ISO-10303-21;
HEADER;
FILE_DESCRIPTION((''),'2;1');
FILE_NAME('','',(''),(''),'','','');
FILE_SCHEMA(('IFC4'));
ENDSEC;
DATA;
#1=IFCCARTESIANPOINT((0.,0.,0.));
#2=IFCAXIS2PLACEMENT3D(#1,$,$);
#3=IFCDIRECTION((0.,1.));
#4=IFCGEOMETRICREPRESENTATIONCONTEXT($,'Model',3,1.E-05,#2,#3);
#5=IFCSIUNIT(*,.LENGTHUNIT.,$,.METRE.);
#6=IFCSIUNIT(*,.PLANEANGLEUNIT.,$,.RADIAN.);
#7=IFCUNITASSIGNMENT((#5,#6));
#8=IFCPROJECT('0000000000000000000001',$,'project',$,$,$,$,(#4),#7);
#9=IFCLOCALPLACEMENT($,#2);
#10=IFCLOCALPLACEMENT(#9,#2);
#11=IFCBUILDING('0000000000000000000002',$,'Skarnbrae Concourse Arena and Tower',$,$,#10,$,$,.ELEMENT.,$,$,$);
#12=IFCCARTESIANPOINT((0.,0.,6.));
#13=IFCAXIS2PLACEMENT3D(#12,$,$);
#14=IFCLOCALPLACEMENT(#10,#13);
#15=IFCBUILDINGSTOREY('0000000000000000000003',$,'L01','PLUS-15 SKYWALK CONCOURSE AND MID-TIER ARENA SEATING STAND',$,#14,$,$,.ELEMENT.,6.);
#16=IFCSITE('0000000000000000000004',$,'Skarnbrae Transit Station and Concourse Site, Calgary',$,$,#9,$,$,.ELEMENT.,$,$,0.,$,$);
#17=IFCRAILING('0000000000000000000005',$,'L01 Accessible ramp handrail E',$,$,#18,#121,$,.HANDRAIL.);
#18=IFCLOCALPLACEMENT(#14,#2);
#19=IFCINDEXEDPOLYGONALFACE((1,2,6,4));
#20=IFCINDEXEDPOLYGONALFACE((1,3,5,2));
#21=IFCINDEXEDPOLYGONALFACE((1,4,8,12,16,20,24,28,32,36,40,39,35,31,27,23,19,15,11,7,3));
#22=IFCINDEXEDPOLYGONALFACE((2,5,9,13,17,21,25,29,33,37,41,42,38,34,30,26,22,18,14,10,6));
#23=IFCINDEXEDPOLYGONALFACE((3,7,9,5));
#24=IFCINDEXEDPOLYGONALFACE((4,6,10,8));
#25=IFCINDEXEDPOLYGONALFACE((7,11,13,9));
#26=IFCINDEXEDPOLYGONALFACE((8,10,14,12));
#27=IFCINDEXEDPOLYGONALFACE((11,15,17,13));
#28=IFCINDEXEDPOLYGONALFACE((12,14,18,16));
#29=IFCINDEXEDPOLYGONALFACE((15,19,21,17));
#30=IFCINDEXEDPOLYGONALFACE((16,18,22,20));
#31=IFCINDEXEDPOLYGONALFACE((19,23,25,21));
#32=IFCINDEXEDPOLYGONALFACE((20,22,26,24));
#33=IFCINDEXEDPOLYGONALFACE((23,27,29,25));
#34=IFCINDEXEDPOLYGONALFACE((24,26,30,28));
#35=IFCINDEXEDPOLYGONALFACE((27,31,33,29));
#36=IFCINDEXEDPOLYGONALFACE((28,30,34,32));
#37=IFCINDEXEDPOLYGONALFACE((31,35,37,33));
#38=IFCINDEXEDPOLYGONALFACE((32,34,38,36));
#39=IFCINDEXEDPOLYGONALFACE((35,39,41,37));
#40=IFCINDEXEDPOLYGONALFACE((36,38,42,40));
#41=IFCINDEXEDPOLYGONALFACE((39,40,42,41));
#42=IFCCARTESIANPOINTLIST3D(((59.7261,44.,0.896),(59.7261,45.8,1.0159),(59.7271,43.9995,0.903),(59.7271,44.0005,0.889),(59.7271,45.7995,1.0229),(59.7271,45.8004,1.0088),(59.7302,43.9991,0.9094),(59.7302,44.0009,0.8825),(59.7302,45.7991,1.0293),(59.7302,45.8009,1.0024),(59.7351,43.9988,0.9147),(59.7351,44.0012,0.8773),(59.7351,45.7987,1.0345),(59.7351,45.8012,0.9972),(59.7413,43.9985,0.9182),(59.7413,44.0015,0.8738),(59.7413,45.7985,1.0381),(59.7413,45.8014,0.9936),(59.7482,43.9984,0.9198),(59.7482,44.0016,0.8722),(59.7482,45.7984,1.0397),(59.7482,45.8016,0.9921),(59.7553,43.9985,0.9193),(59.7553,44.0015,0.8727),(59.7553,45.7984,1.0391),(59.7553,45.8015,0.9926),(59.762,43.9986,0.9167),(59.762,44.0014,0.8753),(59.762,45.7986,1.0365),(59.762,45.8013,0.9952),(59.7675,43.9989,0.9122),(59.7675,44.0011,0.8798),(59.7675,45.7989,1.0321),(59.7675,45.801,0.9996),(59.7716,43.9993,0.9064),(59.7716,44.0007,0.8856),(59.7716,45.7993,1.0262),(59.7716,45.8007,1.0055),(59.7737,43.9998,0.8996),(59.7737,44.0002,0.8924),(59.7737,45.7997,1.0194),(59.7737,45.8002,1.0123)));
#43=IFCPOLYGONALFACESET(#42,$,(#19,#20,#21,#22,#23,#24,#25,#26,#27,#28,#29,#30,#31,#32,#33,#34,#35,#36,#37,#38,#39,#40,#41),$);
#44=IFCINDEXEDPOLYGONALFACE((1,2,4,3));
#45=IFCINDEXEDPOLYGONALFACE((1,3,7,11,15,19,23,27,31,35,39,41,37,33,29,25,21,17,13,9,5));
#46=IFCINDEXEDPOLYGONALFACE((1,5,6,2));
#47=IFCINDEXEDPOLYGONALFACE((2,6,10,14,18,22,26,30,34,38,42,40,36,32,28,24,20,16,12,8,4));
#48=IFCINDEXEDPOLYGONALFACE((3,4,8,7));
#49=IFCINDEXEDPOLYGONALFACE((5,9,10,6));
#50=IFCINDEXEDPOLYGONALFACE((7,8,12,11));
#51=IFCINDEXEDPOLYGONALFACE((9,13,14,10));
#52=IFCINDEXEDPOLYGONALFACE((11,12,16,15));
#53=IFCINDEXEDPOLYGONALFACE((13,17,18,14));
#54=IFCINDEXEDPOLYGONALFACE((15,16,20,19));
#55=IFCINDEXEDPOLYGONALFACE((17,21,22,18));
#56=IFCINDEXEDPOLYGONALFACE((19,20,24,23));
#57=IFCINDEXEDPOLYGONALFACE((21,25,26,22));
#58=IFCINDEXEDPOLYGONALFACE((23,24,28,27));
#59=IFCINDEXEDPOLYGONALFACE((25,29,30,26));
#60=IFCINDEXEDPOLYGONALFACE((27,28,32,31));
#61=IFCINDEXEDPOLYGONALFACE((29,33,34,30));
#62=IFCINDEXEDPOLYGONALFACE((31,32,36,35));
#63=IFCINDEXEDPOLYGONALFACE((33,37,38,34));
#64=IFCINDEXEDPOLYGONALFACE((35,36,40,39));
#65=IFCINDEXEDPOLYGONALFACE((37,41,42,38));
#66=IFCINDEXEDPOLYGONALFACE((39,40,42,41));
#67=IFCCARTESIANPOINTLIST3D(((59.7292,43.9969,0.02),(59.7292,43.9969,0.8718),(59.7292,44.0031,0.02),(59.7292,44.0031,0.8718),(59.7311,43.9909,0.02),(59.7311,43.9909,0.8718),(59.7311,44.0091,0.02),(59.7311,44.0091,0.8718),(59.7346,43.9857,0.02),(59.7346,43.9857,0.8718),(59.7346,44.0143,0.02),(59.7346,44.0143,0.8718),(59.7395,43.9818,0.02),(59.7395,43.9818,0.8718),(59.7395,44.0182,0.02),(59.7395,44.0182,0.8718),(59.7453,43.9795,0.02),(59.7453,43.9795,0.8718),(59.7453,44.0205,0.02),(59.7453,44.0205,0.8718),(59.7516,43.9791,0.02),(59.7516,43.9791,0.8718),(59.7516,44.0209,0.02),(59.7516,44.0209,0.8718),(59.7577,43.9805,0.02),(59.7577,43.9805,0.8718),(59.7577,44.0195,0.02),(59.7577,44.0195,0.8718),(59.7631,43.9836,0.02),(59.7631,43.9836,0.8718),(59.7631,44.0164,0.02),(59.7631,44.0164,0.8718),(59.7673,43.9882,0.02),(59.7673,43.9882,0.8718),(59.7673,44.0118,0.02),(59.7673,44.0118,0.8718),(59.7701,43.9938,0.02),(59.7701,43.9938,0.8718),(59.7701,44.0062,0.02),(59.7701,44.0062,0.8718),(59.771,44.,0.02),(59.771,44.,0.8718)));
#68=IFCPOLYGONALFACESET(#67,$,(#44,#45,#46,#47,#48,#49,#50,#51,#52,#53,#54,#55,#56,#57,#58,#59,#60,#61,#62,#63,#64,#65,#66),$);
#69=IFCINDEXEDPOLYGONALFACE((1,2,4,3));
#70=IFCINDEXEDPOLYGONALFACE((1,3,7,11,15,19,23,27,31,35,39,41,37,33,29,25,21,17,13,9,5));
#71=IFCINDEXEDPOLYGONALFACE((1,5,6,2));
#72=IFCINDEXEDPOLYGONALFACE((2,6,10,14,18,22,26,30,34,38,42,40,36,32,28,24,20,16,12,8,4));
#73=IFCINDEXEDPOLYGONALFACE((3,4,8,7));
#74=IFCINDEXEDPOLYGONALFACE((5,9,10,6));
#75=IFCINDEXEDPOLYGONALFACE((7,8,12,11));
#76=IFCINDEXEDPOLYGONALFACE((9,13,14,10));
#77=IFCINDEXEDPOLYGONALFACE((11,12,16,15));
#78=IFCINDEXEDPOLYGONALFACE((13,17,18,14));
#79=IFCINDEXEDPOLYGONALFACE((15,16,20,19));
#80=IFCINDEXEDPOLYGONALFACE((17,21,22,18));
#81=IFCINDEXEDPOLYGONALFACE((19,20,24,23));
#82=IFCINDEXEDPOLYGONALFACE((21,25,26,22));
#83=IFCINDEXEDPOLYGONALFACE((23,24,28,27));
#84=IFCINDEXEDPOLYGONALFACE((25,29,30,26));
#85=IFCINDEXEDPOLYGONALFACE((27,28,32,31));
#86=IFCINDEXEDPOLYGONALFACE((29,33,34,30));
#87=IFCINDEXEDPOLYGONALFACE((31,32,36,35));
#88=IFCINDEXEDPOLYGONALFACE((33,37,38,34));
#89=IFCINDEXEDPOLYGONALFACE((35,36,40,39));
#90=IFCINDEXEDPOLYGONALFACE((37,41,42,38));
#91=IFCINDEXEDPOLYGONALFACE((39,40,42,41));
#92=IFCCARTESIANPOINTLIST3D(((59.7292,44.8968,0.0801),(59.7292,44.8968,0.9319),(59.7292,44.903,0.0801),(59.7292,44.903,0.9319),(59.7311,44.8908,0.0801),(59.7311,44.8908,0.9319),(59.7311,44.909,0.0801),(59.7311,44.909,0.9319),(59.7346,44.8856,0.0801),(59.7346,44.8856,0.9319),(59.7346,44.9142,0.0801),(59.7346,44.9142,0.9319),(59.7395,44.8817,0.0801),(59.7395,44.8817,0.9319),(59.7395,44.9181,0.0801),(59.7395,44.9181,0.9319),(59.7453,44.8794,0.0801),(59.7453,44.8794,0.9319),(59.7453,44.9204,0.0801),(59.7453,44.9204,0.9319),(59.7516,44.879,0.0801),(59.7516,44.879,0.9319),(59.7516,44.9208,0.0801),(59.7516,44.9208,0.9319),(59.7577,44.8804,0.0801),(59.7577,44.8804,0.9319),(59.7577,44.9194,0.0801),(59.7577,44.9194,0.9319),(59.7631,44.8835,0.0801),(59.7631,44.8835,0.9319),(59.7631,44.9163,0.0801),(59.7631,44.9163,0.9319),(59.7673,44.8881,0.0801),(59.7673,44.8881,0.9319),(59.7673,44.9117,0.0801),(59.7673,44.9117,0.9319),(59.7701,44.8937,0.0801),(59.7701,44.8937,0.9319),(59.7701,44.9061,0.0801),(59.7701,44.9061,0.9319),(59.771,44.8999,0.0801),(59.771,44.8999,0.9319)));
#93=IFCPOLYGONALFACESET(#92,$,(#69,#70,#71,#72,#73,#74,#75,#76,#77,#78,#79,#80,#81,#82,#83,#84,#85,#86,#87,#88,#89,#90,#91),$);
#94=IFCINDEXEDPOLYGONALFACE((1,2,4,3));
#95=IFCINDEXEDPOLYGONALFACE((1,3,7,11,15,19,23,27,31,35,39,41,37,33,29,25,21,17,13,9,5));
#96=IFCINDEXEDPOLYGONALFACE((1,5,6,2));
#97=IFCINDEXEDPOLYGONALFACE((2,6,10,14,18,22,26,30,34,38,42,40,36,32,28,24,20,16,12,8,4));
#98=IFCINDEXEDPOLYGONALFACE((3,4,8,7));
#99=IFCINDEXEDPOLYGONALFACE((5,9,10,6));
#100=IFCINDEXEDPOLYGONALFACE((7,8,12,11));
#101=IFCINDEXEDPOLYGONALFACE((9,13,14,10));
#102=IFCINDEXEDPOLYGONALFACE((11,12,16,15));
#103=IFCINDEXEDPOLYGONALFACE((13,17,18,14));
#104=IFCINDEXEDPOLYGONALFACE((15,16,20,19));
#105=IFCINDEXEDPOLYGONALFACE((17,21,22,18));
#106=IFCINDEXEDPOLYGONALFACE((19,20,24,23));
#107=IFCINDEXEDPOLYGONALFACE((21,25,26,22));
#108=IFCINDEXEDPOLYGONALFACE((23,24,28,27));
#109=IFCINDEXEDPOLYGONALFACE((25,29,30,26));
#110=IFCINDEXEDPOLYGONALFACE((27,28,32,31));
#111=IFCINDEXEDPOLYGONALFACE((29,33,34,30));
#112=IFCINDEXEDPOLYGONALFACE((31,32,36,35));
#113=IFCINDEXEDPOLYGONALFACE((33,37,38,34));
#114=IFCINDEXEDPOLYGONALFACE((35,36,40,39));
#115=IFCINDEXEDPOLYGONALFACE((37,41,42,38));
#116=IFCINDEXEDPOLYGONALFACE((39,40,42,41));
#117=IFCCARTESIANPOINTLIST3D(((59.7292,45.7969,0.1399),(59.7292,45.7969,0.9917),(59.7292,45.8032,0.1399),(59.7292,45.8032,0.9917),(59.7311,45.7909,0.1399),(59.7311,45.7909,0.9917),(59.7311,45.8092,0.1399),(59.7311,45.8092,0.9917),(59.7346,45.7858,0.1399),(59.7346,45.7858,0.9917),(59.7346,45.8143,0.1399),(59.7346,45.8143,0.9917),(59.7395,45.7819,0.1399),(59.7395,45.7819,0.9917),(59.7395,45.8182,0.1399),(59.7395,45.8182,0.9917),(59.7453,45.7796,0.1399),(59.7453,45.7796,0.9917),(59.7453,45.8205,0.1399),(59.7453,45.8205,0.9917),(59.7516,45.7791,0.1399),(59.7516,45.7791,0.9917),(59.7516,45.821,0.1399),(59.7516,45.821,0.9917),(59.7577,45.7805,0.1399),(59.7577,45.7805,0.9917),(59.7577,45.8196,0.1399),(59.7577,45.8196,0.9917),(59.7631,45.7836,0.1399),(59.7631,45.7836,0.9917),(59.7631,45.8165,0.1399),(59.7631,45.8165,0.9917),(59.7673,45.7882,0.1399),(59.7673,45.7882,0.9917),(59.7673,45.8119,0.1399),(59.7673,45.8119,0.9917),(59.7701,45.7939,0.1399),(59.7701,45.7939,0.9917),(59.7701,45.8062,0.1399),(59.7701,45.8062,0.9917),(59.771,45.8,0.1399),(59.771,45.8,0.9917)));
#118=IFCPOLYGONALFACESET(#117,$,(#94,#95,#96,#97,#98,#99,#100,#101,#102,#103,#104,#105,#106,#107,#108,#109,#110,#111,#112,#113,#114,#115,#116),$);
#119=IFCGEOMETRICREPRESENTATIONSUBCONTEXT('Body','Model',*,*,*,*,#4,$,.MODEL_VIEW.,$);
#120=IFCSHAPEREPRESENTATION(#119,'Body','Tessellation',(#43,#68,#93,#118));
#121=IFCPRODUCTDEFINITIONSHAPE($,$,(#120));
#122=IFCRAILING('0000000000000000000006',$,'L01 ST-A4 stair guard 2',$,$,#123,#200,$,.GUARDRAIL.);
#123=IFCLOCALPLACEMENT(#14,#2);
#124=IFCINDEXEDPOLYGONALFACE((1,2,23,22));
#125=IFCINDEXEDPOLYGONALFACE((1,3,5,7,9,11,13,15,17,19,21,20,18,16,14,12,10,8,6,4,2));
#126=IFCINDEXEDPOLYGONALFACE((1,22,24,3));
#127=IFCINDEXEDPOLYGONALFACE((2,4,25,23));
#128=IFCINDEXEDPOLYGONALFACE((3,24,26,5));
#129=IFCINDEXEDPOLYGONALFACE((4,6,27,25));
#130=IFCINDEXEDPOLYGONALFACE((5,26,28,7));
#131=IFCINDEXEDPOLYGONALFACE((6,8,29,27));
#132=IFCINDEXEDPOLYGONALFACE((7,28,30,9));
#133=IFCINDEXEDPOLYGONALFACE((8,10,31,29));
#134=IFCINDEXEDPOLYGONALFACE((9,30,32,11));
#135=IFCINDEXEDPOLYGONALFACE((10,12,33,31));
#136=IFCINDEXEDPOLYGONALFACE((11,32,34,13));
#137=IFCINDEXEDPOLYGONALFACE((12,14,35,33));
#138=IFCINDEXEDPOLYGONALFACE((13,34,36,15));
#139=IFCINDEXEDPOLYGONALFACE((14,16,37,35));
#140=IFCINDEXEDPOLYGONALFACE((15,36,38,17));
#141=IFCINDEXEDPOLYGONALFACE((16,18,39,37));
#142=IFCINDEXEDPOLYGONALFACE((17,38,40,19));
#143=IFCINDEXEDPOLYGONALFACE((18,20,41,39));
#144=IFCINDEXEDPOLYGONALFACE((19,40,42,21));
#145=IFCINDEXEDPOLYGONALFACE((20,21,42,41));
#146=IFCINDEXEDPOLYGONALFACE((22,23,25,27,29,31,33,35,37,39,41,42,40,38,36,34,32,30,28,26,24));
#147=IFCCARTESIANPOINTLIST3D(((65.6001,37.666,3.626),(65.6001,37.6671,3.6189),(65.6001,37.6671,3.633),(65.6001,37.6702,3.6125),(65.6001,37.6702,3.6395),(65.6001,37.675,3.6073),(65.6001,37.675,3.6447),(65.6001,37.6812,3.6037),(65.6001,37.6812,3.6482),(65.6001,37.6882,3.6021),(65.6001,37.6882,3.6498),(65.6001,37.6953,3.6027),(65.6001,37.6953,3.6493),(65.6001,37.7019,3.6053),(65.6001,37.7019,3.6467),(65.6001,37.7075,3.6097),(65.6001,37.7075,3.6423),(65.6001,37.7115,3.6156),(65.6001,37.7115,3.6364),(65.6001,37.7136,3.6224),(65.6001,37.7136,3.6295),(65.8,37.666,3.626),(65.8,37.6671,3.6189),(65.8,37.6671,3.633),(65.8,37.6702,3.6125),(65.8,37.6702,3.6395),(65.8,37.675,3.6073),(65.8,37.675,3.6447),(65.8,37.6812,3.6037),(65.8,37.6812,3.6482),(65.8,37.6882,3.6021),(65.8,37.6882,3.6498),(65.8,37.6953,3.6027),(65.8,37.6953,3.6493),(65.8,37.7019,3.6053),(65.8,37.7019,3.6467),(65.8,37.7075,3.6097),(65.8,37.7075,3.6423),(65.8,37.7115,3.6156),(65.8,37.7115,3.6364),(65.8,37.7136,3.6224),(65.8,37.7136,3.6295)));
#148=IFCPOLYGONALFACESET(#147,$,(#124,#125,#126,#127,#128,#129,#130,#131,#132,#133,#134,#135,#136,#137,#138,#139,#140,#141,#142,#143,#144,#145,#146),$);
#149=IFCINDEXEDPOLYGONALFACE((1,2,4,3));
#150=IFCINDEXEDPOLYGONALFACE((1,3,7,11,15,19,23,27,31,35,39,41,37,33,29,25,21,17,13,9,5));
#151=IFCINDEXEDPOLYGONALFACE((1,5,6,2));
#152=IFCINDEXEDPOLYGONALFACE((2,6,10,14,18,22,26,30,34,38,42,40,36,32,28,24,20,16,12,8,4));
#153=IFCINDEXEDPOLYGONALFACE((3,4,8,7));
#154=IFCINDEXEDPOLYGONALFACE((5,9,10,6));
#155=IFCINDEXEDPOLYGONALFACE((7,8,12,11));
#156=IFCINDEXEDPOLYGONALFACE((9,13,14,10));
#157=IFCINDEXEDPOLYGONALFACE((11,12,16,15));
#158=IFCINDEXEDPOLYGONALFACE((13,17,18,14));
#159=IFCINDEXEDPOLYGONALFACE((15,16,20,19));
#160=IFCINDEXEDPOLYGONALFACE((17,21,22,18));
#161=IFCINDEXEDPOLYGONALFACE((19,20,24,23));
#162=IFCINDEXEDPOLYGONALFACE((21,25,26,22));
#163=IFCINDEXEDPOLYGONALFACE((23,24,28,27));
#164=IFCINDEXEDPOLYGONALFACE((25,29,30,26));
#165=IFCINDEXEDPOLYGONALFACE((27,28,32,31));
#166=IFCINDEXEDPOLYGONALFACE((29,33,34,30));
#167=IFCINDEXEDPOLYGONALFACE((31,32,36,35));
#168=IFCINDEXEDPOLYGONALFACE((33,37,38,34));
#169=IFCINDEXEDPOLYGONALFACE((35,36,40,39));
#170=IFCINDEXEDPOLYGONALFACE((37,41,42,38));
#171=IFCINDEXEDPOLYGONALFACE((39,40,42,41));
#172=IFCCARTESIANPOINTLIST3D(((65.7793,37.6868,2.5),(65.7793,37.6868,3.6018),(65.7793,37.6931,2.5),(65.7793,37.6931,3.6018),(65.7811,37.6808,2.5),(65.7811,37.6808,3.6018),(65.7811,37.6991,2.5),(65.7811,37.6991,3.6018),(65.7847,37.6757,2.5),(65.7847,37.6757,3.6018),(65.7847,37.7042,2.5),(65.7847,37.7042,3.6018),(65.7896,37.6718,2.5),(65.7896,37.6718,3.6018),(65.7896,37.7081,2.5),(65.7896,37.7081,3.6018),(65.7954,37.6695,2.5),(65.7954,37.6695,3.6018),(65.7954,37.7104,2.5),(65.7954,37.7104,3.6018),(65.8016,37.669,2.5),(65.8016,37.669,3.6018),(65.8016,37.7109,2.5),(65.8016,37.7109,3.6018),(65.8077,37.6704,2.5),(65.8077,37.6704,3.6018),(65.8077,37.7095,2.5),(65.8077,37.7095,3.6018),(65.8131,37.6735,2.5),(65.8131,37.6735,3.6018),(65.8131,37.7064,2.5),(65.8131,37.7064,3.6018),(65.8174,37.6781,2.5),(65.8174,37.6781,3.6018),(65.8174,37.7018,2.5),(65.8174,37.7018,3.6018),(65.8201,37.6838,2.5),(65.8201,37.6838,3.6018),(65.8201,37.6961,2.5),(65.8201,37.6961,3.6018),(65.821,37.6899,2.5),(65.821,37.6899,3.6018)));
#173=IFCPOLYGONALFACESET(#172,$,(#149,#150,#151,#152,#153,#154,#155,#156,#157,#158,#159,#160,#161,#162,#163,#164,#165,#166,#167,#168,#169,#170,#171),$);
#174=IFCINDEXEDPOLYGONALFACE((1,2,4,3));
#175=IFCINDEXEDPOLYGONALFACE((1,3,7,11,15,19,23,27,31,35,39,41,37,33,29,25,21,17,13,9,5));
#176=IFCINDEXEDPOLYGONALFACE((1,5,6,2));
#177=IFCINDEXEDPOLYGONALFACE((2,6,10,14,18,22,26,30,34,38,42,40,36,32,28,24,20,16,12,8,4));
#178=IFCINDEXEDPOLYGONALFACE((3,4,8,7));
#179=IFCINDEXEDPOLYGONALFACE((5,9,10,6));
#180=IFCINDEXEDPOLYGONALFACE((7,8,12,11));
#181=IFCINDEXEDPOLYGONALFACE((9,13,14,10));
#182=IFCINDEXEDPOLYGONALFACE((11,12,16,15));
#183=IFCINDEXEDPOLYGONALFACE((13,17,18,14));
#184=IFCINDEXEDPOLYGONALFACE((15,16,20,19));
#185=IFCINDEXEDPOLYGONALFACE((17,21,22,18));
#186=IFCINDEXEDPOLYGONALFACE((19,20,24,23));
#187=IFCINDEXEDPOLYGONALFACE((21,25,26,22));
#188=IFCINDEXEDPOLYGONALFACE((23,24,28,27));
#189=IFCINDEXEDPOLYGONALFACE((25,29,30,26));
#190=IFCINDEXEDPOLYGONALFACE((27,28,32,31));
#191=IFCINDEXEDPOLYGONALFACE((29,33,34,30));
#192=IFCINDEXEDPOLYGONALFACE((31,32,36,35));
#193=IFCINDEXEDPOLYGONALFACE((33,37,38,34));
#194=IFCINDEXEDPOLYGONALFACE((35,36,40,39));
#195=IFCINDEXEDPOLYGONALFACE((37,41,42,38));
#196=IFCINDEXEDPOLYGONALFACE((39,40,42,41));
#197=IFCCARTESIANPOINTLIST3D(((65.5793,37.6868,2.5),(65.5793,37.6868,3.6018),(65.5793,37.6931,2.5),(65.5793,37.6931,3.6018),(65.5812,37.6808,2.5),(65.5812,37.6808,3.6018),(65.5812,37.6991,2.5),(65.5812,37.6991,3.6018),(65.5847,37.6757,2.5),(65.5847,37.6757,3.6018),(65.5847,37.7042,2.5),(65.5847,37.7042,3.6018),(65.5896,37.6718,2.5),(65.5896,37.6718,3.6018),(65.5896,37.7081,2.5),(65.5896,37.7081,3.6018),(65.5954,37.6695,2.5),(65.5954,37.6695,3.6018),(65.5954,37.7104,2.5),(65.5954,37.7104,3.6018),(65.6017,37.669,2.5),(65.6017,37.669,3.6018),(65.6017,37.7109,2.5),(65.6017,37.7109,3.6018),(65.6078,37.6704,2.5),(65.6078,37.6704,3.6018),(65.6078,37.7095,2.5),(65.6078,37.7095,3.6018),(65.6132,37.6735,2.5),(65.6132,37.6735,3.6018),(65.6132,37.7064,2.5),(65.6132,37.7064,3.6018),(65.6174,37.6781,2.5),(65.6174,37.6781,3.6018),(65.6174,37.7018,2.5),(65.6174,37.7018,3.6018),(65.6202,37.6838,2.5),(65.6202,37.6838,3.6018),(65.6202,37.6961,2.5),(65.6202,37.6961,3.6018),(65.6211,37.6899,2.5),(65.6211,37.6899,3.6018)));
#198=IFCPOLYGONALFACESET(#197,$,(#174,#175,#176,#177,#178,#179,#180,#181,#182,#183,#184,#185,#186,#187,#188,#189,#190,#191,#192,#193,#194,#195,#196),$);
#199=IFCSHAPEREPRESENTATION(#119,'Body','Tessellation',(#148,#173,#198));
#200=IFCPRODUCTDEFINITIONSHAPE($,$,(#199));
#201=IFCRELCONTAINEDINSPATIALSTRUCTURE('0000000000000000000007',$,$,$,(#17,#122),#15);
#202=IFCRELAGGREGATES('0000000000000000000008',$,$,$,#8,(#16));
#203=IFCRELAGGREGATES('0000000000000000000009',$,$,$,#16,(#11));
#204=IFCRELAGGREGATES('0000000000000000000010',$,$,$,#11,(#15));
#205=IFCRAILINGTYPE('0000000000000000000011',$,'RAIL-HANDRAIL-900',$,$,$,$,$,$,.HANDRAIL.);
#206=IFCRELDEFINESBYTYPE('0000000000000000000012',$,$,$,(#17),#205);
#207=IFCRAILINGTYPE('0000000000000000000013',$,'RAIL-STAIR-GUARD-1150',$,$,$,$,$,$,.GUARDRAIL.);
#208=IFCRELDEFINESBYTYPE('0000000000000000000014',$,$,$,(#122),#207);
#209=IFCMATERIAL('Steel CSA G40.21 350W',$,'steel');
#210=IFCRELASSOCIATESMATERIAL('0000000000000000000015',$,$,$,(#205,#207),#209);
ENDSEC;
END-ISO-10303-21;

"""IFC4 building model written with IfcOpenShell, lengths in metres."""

from ifc_helpers import new_model, si_unit, direction, frame, origin, origin_2d, place, context, subcontext, project, spatial, circle, extrude, material, type_object, element, save


model = new_model("IFC4")

# Units and contexts
model_context = context("Model", 3, precision=1e-05, world=origin(), true_north=direction((0.0, 1.0)))
body_context = subcontext(model_context, "Body", "Model", "MODEL_VIEW")
ifc_project = project(units=[si_unit("LENGTHUNIT", "METRE"), si_unit("PLANEANGLEUNIT", "RADIAN")], contexts=[model_context])

# Site, building, storey
site_placement = place(None, origin())
site = spatial("IfcSite", under=ifc_project, at=site_placement, Name="Skarnbrae Transit Station and Concourse Site, Calgary", CompositionType="ELEMENT", RefElevation=0.0)
building_placement = place(site_placement, origin())
building = spatial("IfcBuilding", under=site, at=building_placement, Name="Skarnbrae Concourse Arena and Tower", CompositionType="ELEMENT")
storey_placement = place(building_placement, frame((0.0, 0.0, 6.0)))
storey = spatial("IfcBuildingStorey", under=building, at=storey_placement, Name="L01", Description="PLUS-15 SKYWALK CONCOURSE AND MID-TIER ARENA SEATING STAND", CompositionType="ELEMENT", Elevation=6.0)

# Shared definitions
ifc_material_1 = material(Name="Steel CSA G40.21 350W", Category="steel")

# Railings
railing_type_1 = type_object("IfcRailingType", Name="RAIL-HANDRAIL-900", PredefinedType="HANDRAIL", material=ifc_material_1)
railing_1_placement = place(storey_placement, frame((59.75, 44.0, 0.02)))
element("IfcRailing", 1, at=railing_1_placement, inside=storey, type_object=railing_type_1, Name="L01 Accessible ramp handrail E", PredefinedType="HANDRAIL", context=body_context, shape_type="SweptSolid", body=[
    extrude(circle(Radius=0.0239, at=origin_2d()), frame((0.0, 0.0, 0.876), z_axis=(0.0, 0.99779, 0.066447), x_axis=(-1.0, 0.0, 0.0)), (0.0, 0.0, 1.0), 1.804),
    extrude(circle(Radius=0.021, at=origin_2d()), origin(), (0.0, 0.0, 1.0), 0.8518),
    extrude(circle(Radius=0.021, at=origin_2d()), frame((0.0, 0.8999, 0.0601)), (0.0, 0.0, 1.0), 0.8518),
    extrude(circle(Radius=0.021, at=origin_2d()), frame((0.0, 1.8, 0.1199)), (0.0, 0.0, 1.0), 0.8518),
])
railing_type_2 = type_object("IfcRailingType", Name="RAIL-STAIR-GUARD-1150", PredefinedType="GUARDRAIL", material=ifc_material_1)
railing_2_placement = place(storey_placement, frame((65.8, 37.6899, 2.5)))
element("IfcRailing", 2, at=railing_2_placement, inside=storey, type_object=railing_type_2, Name="L01 ST-A4 stair guard 2", PredefinedType="GUARDRAIL", context=body_context, shape_type="SweptSolid", body=[
    extrude(circle(Radius=0.0239, at=origin_2d()), frame((0.0, 0.0, 1.126), z_axis=(-1.0, 0.0, 0.0), x_axis=(0.0, -1.0, 0.0)), (0.0, 0.0, 1.0), 0.2),
    extrude(circle(Radius=0.021, at=origin_2d()), origin(), (0.0, 0.0, 1.0), 1.1018),
    extrude(circle(Radius=0.021, at=origin_2d()), frame((-0.2, 0.0, 0.0)), (0.0, 0.0, 1.0), 1.1018),
])

save(model, "model.ifc")
